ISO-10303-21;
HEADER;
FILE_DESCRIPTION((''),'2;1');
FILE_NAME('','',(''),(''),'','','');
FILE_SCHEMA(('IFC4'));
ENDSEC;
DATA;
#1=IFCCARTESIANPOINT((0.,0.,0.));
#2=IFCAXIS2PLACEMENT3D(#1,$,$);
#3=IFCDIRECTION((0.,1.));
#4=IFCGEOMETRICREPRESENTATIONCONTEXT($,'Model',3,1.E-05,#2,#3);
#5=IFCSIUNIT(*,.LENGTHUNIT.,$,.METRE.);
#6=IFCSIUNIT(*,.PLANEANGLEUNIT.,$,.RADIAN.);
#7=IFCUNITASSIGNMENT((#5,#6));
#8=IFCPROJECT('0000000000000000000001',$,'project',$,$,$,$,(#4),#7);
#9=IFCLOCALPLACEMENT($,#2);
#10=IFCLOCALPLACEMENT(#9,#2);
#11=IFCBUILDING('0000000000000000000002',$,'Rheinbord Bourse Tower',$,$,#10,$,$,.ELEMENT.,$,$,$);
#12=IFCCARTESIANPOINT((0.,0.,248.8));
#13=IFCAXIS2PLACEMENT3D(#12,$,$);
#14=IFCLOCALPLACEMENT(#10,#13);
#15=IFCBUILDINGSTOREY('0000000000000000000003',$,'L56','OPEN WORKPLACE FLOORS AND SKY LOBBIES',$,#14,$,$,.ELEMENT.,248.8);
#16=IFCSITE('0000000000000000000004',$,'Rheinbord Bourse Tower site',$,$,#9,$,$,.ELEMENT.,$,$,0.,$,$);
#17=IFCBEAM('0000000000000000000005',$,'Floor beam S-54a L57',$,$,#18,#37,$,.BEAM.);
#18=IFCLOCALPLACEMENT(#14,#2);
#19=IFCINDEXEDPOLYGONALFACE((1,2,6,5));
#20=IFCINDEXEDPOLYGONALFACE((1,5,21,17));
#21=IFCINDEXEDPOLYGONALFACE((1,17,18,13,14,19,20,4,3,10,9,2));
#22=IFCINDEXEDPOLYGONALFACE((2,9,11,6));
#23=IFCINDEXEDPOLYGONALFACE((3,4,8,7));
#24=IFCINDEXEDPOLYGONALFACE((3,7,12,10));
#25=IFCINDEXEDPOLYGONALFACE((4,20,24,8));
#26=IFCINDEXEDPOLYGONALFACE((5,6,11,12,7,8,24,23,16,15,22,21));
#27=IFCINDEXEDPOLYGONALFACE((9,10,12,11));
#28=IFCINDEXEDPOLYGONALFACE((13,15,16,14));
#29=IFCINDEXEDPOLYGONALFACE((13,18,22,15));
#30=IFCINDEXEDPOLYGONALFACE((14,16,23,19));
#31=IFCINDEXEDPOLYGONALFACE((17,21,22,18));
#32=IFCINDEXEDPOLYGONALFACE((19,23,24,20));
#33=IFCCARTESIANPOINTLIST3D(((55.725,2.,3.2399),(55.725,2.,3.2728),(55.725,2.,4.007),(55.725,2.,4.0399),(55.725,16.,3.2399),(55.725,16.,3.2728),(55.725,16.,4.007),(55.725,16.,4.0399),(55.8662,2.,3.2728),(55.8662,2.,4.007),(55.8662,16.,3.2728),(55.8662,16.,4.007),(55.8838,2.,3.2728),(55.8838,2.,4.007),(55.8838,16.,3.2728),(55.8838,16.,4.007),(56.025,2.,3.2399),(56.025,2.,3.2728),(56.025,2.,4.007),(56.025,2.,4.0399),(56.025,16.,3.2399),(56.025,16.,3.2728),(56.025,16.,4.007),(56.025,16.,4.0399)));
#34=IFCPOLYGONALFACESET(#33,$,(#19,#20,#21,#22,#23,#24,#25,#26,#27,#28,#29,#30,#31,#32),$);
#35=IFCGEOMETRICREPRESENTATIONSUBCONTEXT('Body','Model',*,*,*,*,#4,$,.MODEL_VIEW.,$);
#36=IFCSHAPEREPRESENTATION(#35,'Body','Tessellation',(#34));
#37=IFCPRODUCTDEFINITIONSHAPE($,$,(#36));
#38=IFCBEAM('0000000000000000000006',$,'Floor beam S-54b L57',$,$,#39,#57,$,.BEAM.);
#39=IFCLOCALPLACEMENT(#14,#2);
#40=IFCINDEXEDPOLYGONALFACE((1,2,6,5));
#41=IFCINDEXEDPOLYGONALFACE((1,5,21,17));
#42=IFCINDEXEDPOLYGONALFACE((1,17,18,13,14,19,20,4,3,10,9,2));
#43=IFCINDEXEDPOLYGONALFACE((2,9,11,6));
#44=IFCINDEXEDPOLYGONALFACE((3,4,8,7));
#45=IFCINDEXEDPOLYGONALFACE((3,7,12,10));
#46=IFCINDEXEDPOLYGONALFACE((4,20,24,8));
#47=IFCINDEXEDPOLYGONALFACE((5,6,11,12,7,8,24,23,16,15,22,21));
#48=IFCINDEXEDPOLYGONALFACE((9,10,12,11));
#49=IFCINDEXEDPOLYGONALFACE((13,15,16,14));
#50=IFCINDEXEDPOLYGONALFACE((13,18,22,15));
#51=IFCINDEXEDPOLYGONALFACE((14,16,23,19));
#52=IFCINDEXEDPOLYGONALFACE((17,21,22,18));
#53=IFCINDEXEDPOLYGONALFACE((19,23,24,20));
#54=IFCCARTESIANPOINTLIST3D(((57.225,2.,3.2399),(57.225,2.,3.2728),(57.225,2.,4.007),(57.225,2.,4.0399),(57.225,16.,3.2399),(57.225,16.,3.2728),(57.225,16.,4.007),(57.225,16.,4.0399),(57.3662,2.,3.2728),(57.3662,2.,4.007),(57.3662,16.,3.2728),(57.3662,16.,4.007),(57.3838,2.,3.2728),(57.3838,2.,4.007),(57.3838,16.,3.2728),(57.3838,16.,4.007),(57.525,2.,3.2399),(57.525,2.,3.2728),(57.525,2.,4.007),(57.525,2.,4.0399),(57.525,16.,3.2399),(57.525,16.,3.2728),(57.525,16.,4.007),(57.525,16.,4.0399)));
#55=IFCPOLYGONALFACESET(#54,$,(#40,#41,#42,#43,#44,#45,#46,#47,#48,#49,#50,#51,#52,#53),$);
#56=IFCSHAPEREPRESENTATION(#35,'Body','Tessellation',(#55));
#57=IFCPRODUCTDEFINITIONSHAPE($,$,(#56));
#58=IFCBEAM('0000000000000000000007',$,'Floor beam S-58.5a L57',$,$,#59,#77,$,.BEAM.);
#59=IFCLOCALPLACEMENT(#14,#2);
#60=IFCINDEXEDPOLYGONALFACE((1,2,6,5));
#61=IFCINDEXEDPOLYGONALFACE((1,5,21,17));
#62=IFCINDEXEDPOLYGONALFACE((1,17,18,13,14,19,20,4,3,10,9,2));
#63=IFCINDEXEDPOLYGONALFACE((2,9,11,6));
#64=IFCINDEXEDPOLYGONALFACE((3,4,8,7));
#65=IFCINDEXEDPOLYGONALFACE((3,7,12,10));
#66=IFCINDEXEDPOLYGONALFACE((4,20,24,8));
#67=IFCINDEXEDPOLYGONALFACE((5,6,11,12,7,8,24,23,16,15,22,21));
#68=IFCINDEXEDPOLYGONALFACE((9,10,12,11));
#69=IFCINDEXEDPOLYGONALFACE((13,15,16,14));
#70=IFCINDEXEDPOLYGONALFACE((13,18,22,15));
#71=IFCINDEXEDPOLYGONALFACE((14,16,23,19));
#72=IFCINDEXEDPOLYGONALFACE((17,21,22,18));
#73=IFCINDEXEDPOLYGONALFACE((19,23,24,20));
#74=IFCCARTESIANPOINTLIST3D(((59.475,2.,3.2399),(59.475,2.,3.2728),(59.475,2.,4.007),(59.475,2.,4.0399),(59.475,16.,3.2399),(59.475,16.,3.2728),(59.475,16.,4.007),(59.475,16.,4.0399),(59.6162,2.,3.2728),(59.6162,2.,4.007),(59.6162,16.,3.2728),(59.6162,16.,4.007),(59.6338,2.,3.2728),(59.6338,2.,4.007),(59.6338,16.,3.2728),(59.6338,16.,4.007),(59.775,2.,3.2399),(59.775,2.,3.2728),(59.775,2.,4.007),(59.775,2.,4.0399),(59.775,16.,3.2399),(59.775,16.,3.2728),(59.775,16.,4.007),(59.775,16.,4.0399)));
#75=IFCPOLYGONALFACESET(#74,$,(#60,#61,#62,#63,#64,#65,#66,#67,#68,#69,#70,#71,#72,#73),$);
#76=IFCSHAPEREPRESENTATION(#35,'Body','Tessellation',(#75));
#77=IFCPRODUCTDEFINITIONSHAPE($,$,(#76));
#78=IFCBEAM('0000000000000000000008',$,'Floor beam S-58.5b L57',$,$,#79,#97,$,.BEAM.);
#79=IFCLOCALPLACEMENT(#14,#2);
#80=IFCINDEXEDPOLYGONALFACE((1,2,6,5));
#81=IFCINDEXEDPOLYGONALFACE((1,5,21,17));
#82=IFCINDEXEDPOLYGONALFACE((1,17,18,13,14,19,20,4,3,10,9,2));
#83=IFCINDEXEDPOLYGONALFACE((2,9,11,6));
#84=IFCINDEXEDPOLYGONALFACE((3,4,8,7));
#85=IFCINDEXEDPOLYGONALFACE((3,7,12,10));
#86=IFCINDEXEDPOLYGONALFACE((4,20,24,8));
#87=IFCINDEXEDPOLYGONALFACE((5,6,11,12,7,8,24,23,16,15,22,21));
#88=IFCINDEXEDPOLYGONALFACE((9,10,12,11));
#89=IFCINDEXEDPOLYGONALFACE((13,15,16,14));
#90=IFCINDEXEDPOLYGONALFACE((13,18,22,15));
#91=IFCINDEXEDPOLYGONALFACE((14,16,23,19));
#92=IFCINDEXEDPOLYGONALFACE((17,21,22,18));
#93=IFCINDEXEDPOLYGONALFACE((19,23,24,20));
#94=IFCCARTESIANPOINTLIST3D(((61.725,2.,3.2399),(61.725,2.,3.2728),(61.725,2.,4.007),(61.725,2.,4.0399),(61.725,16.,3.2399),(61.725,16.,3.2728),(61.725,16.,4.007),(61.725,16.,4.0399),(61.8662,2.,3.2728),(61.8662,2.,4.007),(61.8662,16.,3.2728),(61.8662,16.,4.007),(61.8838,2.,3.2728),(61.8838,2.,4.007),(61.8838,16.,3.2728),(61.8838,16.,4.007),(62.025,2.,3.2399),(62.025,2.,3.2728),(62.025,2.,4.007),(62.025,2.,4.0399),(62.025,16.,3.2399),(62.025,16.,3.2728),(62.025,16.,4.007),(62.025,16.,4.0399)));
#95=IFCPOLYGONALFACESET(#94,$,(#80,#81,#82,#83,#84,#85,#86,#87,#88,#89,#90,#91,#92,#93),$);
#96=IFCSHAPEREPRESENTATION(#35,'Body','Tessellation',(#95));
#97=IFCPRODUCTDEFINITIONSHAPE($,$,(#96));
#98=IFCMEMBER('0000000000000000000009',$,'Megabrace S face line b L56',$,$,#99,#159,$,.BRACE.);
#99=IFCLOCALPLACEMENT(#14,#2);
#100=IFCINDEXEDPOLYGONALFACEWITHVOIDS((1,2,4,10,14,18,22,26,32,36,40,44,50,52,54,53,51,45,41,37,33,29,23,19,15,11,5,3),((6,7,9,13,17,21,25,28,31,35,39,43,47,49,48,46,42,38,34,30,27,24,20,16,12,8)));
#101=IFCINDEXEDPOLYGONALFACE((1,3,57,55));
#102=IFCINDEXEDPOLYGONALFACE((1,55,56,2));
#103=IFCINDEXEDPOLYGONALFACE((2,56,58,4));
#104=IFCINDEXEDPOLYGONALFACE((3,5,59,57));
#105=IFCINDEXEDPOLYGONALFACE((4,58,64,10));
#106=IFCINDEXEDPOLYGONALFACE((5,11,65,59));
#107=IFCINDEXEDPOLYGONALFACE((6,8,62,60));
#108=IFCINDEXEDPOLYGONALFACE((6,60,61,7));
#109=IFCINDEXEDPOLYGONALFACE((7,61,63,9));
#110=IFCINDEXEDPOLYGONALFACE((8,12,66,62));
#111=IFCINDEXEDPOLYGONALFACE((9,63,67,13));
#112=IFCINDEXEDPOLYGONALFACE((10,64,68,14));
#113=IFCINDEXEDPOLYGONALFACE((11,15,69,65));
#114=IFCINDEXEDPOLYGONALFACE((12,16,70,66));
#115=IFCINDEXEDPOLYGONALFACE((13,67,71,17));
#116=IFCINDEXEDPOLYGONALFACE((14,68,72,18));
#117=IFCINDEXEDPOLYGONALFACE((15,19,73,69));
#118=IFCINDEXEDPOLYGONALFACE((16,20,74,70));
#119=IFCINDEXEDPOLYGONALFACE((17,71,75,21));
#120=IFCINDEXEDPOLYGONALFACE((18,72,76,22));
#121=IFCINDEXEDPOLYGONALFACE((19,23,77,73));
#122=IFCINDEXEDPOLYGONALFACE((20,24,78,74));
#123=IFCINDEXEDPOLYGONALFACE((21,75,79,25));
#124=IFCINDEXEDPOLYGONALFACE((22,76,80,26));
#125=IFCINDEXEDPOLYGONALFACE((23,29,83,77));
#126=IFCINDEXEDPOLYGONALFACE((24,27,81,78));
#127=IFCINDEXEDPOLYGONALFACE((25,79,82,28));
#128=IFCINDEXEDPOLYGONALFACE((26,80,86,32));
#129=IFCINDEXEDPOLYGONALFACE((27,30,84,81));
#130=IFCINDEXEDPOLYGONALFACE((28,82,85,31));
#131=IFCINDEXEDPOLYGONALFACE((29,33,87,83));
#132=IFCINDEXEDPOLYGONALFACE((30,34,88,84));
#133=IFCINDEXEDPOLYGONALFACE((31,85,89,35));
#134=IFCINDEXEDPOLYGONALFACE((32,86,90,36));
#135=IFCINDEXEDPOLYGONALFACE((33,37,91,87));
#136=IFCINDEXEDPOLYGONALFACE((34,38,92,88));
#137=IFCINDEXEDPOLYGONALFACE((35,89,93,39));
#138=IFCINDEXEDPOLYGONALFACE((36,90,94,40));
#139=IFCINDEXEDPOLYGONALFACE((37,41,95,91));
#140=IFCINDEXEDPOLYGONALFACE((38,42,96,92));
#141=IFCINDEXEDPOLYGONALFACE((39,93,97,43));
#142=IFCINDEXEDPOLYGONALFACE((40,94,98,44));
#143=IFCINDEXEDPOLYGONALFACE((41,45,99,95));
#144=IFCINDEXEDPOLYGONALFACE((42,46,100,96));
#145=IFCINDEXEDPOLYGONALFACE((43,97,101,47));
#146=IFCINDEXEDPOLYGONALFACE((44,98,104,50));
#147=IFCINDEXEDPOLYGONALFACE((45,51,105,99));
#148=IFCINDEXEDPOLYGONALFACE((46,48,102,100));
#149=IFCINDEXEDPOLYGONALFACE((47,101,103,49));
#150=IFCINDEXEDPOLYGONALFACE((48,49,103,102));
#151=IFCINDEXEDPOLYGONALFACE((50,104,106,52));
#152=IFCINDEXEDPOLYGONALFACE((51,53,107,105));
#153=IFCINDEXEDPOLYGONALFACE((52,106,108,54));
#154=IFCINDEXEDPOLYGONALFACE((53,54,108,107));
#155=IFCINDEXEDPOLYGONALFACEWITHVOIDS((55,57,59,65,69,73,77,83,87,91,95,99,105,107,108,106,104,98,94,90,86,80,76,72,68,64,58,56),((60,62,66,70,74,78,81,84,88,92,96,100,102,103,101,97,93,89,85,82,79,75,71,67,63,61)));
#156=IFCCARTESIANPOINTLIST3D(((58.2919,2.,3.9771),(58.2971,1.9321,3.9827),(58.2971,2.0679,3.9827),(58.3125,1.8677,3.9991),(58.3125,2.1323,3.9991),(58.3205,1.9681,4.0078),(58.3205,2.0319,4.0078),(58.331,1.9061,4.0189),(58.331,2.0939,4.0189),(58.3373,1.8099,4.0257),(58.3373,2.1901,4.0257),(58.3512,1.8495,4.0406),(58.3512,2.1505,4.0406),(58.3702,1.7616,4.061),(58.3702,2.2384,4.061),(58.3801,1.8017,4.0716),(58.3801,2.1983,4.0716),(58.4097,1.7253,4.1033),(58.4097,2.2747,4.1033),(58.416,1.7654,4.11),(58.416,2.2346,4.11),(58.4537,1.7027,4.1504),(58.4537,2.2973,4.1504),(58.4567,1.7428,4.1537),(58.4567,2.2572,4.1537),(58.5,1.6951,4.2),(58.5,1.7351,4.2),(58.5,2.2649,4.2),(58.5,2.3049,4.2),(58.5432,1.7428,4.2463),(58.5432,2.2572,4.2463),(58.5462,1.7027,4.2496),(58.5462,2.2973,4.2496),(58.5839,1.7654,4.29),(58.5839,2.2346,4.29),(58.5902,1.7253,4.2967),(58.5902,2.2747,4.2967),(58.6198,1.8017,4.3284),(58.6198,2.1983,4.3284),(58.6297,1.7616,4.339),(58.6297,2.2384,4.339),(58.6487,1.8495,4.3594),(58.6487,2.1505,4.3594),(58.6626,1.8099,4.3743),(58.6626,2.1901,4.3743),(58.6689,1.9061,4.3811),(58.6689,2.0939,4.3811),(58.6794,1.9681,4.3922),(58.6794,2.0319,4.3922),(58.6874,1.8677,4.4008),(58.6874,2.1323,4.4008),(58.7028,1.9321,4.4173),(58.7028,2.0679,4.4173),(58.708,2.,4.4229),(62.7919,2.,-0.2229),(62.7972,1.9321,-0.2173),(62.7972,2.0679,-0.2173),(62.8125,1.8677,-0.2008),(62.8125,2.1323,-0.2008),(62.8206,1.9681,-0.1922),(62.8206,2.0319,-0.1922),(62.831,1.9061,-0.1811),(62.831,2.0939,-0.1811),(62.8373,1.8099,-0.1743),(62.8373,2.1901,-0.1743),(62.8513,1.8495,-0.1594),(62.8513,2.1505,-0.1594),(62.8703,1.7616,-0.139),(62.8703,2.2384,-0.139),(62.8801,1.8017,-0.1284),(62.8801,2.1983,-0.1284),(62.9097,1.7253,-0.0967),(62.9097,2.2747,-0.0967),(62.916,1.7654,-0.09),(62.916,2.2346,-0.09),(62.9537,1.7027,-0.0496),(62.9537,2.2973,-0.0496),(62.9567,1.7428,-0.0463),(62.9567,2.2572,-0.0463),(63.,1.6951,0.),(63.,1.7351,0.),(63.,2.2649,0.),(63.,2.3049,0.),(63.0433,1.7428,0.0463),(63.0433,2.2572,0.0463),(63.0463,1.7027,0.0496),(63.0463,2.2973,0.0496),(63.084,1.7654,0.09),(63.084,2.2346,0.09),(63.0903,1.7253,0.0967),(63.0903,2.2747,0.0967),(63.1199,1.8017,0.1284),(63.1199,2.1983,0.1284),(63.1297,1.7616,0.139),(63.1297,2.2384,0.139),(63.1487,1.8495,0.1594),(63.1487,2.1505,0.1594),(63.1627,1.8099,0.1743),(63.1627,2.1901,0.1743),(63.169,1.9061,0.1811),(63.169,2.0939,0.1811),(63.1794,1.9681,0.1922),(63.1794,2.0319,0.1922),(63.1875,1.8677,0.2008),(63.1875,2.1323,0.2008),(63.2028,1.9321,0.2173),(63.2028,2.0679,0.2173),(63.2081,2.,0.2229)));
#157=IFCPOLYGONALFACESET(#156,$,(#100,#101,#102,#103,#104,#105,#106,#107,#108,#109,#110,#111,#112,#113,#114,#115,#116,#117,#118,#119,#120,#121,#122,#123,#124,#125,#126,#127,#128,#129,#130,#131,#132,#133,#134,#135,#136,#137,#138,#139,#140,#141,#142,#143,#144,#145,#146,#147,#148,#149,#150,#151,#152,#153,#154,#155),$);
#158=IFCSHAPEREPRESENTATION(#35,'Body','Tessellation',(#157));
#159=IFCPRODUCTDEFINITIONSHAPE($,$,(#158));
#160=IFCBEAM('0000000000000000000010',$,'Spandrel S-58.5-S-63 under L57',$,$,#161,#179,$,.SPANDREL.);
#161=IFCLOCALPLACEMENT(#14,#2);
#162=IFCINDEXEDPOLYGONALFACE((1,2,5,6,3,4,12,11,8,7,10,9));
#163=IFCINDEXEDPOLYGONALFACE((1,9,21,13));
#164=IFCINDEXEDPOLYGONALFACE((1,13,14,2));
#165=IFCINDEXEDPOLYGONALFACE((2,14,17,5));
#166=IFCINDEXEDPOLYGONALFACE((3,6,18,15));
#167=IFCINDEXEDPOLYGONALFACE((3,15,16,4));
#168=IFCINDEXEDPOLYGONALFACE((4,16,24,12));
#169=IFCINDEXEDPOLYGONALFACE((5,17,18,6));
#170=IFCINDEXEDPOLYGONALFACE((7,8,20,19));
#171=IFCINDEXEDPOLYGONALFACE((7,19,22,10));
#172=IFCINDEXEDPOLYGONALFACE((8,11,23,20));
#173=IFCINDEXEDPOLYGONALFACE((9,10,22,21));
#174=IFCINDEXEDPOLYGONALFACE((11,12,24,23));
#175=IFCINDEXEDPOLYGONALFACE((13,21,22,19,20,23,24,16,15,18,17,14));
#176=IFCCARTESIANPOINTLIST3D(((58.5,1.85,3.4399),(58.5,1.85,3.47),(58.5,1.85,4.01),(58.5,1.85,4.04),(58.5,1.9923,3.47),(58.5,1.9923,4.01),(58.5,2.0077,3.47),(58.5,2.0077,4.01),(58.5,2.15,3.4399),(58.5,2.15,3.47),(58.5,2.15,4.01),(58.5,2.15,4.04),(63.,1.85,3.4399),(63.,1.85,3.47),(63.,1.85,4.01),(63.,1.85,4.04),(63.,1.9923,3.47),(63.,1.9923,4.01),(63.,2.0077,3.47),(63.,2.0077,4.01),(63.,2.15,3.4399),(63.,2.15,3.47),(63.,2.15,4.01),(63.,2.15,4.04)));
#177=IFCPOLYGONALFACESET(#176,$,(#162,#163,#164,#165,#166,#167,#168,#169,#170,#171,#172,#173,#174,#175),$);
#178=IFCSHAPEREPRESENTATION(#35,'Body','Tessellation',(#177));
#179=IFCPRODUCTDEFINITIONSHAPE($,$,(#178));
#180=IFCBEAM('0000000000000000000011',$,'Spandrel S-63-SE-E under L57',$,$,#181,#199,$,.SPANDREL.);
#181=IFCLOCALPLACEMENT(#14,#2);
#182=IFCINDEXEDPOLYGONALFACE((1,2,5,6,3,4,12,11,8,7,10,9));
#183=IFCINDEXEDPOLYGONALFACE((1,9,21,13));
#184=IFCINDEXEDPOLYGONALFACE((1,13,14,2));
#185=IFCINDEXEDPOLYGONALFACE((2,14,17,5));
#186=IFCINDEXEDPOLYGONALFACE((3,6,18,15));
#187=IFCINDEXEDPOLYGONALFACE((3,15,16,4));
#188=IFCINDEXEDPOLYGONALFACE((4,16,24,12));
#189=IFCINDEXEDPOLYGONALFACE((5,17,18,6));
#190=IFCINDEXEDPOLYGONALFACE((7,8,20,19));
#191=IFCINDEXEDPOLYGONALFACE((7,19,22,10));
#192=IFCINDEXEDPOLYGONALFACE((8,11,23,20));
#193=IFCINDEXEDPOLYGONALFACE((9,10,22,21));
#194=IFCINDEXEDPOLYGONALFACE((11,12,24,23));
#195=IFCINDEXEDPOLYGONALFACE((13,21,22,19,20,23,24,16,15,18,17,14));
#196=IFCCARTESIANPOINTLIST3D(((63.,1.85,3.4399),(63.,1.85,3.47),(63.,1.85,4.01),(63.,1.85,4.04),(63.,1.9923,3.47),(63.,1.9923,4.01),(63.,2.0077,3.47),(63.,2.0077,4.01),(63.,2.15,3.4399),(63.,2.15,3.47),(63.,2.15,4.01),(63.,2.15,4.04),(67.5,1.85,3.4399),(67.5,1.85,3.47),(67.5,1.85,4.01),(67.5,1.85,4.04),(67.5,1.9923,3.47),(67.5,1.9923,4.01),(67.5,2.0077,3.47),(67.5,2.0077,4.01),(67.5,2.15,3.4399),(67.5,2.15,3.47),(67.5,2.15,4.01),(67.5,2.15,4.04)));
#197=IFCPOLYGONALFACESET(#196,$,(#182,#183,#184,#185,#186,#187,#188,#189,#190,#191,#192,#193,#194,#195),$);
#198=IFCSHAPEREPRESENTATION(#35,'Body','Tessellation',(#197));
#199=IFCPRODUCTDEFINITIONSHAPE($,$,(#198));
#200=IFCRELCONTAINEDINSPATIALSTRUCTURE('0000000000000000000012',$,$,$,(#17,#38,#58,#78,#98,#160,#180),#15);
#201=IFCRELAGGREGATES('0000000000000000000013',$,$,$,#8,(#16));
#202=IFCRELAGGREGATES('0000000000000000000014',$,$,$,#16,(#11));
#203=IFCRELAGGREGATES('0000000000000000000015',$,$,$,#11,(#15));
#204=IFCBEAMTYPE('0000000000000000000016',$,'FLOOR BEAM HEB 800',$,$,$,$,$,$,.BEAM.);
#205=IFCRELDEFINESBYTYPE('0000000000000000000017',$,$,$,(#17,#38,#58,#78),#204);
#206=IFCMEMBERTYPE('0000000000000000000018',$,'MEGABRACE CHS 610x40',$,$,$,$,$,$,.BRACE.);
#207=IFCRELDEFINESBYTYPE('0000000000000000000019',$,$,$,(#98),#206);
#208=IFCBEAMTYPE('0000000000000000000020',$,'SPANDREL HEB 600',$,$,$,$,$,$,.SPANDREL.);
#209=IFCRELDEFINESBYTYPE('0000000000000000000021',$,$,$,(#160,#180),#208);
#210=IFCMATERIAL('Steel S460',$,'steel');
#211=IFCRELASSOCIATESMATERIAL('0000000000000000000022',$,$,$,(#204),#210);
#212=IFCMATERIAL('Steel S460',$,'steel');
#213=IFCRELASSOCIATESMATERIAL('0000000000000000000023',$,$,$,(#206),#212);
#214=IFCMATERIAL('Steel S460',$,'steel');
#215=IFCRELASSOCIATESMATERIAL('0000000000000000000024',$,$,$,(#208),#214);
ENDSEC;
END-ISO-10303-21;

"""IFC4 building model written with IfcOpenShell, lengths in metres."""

from ifc_helpers import new_model, si_unit, direction, frame, origin, origin_2d, place, context, subcontext, project, spatial, hollow_circle, i_section, extrude, material, material_profile, profile_set, type_object, element, save


model = new_model("IFC4")

# Units and contexts
model_context = context("Model", 3, precision=1e-05, world=origin(), true_north=direction((0.0, 1.0)))
body_context = subcontext(model_context, "Body", "Model", "MODEL_VIEW")
ifc_project = project(units=[si_unit("LENGTHUNIT", "METRE"), si_unit("PLANEANGLEUNIT", "RADIAN")], contexts=[model_context])

# Site, building, storey
site_placement = place(None, origin())
site = spatial("IfcSite", under=ifc_project, at=site_placement, Name="Rheinbord Bourse Tower site", CompositionType="ELEMENT", RefElevation=0.0)
building_placement = place(site_placement, origin())
building = spatial("IfcBuilding", under=site, at=building_placement, Name="Rheinbord Bourse Tower", CompositionType="ELEMENT")
storey_placement = place(building_placement, frame((0.0, 0.0, 248.8)))
storey = spatial("IfcBuildingStorey", under=building, at=storey_placement, Name="L56", Description="OPEN WORKPLACE FLOORS AND SKY LOBBIES", CompositionType="ELEMENT", Elevation=248.8)

# Beams
ifc_material_1 = material(Name="Steel S460", Category="steel")
ifc_material_profile_1 = material_profile(ifc_material_1, i_section(OverallWidth=0.3, OverallDepth=0.8, WebThickness=0.0176, FlangeThickness=0.033, at=origin_2d()), Name="HEB 800")
ifc_profile_set_1 = profile_set([ifc_material_profile_1], Name="Steel S460")
beam_type_1 = type_object("IfcBeamType", Name="FLOOR BEAM HEB 800", PredefinedType="BEAM", material=ifc_profile_set_1)
for number, where, z_axis, x_axis, name in (
    (1, (55.875, 2.0, 3.6399), (0.0, 1.0, 0.0), (-1.0, 0.0, 0.0), "Floor beam S-54a L57"),
    (2, (57.375, 2.0, 3.6399), (0.0, 1.0, 0.0), (-1.0, 0.0, 0.0), "Floor beam S-54b L57"),
    (3, (59.625, 2.0, 3.6399), (0.0, 1.0, 0.0), (-1.0, 0.0, 0.0), "Floor beam S-58.5a L57"),
    (4, (61.875, 2.0, 3.6399), (0.0, 1.0, 0.0), (-1.0, 0.0, 0.0), "Floor beam S-58.5b L57"),
):
    element("IfcBeam", number, at=place(storey_placement, frame(where, z_axis=z_axis, x_axis=x_axis)), inside=storey, type_object=beam_type_1, Name=name, PredefinedType="BEAM", context=body_context, shape_type="SweptSolid", body=[
        extrude(i_section(OverallWidth=0.3, OverallDepth=0.8, WebThickness=0.0176, FlangeThickness=0.033, at=origin_2d()), origin(), (0.0, 0.0, 1.0), 14.0),
    ])

# Member
ifc_material_2 = material(Name="Steel S460", Category="steel")
ifc_material_profile_2 = material_profile(ifc_material_2, hollow_circle(Radius=0.3049, WallThickness=0.04, at=origin_2d()), Name="CHS 610x40")
ifc_profile_set_2 = profile_set([ifc_material_profile_2], Name="Steel S460")
member_type_1 = type_object("IfcMemberType", Name="MEGABRACE CHS 610x40", PredefinedType="BRACE", material=ifc_profile_set_2)
member_1_placement = place(storey_placement, frame((63.0, 2.0, 0.0), z_axis=(-0.731059, 0.0, 0.682314), x_axis=(0.0, -1.0, 0.0)))
element("IfcMember", 5, at=member_1_placement, inside=storey, type_object=member_type_1, Name="Megabrace S face line b L56", PredefinedType="BRACE", context=body_context, shape_type="SweptSolid", body=[
    extrude(hollow_circle(Radius=0.3049, WallThickness=0.04, at=origin_2d()), origin(), (0.0, 0.0, 1.0), 6.1555),
])

# Beams
ifc_material_3 = material(Name="Steel S460", Category="steel")
ifc_material_profile_3 = material_profile(ifc_material_3, i_section(OverallWidth=0.3, OverallDepth=0.6001, WebThickness=0.0154, FlangeThickness=0.03, at=origin_2d()), Name="HEB 600")
ifc_profile_set_3 = profile_set([ifc_material_profile_3], Name="Steel S460")
beam_type_2 = type_object("IfcBeamType", Name="SPANDREL HEB 600", PredefinedType="SPANDREL", material=ifc_profile_set_3)
for number, where, z_axis, x_axis, name in (
    (6, (58.5, 2.0, 3.74), (1.0, 0.0, 0.0), (0.0, 1.0, 0.0), "Spandrel S-58.5-S-63 under L57"),
    (7, (63.0, 2.0, 3.74), (1.0, 0.0, 0.0), (0.0, 1.0, 0.0), "Spandrel S-63-SE-E under L57"),
):
    element("IfcBeam", number, at=place(storey_placement, frame(where, z_axis=z_axis, x_axis=x_axis)), inside=storey, type_object=beam_type_2, Name=name, PredefinedType="SPANDREL", context=body_context, shape_type="SweptSolid", body=[
        extrude(i_section(OverallWidth=0.3, OverallDepth=0.6001, WebThickness=0.0154, FlangeThickness=0.03, at=origin_2d()), origin(), (0.0, 0.0, 1.0), 4.5),
    ])

save(model, "model.ifc")
